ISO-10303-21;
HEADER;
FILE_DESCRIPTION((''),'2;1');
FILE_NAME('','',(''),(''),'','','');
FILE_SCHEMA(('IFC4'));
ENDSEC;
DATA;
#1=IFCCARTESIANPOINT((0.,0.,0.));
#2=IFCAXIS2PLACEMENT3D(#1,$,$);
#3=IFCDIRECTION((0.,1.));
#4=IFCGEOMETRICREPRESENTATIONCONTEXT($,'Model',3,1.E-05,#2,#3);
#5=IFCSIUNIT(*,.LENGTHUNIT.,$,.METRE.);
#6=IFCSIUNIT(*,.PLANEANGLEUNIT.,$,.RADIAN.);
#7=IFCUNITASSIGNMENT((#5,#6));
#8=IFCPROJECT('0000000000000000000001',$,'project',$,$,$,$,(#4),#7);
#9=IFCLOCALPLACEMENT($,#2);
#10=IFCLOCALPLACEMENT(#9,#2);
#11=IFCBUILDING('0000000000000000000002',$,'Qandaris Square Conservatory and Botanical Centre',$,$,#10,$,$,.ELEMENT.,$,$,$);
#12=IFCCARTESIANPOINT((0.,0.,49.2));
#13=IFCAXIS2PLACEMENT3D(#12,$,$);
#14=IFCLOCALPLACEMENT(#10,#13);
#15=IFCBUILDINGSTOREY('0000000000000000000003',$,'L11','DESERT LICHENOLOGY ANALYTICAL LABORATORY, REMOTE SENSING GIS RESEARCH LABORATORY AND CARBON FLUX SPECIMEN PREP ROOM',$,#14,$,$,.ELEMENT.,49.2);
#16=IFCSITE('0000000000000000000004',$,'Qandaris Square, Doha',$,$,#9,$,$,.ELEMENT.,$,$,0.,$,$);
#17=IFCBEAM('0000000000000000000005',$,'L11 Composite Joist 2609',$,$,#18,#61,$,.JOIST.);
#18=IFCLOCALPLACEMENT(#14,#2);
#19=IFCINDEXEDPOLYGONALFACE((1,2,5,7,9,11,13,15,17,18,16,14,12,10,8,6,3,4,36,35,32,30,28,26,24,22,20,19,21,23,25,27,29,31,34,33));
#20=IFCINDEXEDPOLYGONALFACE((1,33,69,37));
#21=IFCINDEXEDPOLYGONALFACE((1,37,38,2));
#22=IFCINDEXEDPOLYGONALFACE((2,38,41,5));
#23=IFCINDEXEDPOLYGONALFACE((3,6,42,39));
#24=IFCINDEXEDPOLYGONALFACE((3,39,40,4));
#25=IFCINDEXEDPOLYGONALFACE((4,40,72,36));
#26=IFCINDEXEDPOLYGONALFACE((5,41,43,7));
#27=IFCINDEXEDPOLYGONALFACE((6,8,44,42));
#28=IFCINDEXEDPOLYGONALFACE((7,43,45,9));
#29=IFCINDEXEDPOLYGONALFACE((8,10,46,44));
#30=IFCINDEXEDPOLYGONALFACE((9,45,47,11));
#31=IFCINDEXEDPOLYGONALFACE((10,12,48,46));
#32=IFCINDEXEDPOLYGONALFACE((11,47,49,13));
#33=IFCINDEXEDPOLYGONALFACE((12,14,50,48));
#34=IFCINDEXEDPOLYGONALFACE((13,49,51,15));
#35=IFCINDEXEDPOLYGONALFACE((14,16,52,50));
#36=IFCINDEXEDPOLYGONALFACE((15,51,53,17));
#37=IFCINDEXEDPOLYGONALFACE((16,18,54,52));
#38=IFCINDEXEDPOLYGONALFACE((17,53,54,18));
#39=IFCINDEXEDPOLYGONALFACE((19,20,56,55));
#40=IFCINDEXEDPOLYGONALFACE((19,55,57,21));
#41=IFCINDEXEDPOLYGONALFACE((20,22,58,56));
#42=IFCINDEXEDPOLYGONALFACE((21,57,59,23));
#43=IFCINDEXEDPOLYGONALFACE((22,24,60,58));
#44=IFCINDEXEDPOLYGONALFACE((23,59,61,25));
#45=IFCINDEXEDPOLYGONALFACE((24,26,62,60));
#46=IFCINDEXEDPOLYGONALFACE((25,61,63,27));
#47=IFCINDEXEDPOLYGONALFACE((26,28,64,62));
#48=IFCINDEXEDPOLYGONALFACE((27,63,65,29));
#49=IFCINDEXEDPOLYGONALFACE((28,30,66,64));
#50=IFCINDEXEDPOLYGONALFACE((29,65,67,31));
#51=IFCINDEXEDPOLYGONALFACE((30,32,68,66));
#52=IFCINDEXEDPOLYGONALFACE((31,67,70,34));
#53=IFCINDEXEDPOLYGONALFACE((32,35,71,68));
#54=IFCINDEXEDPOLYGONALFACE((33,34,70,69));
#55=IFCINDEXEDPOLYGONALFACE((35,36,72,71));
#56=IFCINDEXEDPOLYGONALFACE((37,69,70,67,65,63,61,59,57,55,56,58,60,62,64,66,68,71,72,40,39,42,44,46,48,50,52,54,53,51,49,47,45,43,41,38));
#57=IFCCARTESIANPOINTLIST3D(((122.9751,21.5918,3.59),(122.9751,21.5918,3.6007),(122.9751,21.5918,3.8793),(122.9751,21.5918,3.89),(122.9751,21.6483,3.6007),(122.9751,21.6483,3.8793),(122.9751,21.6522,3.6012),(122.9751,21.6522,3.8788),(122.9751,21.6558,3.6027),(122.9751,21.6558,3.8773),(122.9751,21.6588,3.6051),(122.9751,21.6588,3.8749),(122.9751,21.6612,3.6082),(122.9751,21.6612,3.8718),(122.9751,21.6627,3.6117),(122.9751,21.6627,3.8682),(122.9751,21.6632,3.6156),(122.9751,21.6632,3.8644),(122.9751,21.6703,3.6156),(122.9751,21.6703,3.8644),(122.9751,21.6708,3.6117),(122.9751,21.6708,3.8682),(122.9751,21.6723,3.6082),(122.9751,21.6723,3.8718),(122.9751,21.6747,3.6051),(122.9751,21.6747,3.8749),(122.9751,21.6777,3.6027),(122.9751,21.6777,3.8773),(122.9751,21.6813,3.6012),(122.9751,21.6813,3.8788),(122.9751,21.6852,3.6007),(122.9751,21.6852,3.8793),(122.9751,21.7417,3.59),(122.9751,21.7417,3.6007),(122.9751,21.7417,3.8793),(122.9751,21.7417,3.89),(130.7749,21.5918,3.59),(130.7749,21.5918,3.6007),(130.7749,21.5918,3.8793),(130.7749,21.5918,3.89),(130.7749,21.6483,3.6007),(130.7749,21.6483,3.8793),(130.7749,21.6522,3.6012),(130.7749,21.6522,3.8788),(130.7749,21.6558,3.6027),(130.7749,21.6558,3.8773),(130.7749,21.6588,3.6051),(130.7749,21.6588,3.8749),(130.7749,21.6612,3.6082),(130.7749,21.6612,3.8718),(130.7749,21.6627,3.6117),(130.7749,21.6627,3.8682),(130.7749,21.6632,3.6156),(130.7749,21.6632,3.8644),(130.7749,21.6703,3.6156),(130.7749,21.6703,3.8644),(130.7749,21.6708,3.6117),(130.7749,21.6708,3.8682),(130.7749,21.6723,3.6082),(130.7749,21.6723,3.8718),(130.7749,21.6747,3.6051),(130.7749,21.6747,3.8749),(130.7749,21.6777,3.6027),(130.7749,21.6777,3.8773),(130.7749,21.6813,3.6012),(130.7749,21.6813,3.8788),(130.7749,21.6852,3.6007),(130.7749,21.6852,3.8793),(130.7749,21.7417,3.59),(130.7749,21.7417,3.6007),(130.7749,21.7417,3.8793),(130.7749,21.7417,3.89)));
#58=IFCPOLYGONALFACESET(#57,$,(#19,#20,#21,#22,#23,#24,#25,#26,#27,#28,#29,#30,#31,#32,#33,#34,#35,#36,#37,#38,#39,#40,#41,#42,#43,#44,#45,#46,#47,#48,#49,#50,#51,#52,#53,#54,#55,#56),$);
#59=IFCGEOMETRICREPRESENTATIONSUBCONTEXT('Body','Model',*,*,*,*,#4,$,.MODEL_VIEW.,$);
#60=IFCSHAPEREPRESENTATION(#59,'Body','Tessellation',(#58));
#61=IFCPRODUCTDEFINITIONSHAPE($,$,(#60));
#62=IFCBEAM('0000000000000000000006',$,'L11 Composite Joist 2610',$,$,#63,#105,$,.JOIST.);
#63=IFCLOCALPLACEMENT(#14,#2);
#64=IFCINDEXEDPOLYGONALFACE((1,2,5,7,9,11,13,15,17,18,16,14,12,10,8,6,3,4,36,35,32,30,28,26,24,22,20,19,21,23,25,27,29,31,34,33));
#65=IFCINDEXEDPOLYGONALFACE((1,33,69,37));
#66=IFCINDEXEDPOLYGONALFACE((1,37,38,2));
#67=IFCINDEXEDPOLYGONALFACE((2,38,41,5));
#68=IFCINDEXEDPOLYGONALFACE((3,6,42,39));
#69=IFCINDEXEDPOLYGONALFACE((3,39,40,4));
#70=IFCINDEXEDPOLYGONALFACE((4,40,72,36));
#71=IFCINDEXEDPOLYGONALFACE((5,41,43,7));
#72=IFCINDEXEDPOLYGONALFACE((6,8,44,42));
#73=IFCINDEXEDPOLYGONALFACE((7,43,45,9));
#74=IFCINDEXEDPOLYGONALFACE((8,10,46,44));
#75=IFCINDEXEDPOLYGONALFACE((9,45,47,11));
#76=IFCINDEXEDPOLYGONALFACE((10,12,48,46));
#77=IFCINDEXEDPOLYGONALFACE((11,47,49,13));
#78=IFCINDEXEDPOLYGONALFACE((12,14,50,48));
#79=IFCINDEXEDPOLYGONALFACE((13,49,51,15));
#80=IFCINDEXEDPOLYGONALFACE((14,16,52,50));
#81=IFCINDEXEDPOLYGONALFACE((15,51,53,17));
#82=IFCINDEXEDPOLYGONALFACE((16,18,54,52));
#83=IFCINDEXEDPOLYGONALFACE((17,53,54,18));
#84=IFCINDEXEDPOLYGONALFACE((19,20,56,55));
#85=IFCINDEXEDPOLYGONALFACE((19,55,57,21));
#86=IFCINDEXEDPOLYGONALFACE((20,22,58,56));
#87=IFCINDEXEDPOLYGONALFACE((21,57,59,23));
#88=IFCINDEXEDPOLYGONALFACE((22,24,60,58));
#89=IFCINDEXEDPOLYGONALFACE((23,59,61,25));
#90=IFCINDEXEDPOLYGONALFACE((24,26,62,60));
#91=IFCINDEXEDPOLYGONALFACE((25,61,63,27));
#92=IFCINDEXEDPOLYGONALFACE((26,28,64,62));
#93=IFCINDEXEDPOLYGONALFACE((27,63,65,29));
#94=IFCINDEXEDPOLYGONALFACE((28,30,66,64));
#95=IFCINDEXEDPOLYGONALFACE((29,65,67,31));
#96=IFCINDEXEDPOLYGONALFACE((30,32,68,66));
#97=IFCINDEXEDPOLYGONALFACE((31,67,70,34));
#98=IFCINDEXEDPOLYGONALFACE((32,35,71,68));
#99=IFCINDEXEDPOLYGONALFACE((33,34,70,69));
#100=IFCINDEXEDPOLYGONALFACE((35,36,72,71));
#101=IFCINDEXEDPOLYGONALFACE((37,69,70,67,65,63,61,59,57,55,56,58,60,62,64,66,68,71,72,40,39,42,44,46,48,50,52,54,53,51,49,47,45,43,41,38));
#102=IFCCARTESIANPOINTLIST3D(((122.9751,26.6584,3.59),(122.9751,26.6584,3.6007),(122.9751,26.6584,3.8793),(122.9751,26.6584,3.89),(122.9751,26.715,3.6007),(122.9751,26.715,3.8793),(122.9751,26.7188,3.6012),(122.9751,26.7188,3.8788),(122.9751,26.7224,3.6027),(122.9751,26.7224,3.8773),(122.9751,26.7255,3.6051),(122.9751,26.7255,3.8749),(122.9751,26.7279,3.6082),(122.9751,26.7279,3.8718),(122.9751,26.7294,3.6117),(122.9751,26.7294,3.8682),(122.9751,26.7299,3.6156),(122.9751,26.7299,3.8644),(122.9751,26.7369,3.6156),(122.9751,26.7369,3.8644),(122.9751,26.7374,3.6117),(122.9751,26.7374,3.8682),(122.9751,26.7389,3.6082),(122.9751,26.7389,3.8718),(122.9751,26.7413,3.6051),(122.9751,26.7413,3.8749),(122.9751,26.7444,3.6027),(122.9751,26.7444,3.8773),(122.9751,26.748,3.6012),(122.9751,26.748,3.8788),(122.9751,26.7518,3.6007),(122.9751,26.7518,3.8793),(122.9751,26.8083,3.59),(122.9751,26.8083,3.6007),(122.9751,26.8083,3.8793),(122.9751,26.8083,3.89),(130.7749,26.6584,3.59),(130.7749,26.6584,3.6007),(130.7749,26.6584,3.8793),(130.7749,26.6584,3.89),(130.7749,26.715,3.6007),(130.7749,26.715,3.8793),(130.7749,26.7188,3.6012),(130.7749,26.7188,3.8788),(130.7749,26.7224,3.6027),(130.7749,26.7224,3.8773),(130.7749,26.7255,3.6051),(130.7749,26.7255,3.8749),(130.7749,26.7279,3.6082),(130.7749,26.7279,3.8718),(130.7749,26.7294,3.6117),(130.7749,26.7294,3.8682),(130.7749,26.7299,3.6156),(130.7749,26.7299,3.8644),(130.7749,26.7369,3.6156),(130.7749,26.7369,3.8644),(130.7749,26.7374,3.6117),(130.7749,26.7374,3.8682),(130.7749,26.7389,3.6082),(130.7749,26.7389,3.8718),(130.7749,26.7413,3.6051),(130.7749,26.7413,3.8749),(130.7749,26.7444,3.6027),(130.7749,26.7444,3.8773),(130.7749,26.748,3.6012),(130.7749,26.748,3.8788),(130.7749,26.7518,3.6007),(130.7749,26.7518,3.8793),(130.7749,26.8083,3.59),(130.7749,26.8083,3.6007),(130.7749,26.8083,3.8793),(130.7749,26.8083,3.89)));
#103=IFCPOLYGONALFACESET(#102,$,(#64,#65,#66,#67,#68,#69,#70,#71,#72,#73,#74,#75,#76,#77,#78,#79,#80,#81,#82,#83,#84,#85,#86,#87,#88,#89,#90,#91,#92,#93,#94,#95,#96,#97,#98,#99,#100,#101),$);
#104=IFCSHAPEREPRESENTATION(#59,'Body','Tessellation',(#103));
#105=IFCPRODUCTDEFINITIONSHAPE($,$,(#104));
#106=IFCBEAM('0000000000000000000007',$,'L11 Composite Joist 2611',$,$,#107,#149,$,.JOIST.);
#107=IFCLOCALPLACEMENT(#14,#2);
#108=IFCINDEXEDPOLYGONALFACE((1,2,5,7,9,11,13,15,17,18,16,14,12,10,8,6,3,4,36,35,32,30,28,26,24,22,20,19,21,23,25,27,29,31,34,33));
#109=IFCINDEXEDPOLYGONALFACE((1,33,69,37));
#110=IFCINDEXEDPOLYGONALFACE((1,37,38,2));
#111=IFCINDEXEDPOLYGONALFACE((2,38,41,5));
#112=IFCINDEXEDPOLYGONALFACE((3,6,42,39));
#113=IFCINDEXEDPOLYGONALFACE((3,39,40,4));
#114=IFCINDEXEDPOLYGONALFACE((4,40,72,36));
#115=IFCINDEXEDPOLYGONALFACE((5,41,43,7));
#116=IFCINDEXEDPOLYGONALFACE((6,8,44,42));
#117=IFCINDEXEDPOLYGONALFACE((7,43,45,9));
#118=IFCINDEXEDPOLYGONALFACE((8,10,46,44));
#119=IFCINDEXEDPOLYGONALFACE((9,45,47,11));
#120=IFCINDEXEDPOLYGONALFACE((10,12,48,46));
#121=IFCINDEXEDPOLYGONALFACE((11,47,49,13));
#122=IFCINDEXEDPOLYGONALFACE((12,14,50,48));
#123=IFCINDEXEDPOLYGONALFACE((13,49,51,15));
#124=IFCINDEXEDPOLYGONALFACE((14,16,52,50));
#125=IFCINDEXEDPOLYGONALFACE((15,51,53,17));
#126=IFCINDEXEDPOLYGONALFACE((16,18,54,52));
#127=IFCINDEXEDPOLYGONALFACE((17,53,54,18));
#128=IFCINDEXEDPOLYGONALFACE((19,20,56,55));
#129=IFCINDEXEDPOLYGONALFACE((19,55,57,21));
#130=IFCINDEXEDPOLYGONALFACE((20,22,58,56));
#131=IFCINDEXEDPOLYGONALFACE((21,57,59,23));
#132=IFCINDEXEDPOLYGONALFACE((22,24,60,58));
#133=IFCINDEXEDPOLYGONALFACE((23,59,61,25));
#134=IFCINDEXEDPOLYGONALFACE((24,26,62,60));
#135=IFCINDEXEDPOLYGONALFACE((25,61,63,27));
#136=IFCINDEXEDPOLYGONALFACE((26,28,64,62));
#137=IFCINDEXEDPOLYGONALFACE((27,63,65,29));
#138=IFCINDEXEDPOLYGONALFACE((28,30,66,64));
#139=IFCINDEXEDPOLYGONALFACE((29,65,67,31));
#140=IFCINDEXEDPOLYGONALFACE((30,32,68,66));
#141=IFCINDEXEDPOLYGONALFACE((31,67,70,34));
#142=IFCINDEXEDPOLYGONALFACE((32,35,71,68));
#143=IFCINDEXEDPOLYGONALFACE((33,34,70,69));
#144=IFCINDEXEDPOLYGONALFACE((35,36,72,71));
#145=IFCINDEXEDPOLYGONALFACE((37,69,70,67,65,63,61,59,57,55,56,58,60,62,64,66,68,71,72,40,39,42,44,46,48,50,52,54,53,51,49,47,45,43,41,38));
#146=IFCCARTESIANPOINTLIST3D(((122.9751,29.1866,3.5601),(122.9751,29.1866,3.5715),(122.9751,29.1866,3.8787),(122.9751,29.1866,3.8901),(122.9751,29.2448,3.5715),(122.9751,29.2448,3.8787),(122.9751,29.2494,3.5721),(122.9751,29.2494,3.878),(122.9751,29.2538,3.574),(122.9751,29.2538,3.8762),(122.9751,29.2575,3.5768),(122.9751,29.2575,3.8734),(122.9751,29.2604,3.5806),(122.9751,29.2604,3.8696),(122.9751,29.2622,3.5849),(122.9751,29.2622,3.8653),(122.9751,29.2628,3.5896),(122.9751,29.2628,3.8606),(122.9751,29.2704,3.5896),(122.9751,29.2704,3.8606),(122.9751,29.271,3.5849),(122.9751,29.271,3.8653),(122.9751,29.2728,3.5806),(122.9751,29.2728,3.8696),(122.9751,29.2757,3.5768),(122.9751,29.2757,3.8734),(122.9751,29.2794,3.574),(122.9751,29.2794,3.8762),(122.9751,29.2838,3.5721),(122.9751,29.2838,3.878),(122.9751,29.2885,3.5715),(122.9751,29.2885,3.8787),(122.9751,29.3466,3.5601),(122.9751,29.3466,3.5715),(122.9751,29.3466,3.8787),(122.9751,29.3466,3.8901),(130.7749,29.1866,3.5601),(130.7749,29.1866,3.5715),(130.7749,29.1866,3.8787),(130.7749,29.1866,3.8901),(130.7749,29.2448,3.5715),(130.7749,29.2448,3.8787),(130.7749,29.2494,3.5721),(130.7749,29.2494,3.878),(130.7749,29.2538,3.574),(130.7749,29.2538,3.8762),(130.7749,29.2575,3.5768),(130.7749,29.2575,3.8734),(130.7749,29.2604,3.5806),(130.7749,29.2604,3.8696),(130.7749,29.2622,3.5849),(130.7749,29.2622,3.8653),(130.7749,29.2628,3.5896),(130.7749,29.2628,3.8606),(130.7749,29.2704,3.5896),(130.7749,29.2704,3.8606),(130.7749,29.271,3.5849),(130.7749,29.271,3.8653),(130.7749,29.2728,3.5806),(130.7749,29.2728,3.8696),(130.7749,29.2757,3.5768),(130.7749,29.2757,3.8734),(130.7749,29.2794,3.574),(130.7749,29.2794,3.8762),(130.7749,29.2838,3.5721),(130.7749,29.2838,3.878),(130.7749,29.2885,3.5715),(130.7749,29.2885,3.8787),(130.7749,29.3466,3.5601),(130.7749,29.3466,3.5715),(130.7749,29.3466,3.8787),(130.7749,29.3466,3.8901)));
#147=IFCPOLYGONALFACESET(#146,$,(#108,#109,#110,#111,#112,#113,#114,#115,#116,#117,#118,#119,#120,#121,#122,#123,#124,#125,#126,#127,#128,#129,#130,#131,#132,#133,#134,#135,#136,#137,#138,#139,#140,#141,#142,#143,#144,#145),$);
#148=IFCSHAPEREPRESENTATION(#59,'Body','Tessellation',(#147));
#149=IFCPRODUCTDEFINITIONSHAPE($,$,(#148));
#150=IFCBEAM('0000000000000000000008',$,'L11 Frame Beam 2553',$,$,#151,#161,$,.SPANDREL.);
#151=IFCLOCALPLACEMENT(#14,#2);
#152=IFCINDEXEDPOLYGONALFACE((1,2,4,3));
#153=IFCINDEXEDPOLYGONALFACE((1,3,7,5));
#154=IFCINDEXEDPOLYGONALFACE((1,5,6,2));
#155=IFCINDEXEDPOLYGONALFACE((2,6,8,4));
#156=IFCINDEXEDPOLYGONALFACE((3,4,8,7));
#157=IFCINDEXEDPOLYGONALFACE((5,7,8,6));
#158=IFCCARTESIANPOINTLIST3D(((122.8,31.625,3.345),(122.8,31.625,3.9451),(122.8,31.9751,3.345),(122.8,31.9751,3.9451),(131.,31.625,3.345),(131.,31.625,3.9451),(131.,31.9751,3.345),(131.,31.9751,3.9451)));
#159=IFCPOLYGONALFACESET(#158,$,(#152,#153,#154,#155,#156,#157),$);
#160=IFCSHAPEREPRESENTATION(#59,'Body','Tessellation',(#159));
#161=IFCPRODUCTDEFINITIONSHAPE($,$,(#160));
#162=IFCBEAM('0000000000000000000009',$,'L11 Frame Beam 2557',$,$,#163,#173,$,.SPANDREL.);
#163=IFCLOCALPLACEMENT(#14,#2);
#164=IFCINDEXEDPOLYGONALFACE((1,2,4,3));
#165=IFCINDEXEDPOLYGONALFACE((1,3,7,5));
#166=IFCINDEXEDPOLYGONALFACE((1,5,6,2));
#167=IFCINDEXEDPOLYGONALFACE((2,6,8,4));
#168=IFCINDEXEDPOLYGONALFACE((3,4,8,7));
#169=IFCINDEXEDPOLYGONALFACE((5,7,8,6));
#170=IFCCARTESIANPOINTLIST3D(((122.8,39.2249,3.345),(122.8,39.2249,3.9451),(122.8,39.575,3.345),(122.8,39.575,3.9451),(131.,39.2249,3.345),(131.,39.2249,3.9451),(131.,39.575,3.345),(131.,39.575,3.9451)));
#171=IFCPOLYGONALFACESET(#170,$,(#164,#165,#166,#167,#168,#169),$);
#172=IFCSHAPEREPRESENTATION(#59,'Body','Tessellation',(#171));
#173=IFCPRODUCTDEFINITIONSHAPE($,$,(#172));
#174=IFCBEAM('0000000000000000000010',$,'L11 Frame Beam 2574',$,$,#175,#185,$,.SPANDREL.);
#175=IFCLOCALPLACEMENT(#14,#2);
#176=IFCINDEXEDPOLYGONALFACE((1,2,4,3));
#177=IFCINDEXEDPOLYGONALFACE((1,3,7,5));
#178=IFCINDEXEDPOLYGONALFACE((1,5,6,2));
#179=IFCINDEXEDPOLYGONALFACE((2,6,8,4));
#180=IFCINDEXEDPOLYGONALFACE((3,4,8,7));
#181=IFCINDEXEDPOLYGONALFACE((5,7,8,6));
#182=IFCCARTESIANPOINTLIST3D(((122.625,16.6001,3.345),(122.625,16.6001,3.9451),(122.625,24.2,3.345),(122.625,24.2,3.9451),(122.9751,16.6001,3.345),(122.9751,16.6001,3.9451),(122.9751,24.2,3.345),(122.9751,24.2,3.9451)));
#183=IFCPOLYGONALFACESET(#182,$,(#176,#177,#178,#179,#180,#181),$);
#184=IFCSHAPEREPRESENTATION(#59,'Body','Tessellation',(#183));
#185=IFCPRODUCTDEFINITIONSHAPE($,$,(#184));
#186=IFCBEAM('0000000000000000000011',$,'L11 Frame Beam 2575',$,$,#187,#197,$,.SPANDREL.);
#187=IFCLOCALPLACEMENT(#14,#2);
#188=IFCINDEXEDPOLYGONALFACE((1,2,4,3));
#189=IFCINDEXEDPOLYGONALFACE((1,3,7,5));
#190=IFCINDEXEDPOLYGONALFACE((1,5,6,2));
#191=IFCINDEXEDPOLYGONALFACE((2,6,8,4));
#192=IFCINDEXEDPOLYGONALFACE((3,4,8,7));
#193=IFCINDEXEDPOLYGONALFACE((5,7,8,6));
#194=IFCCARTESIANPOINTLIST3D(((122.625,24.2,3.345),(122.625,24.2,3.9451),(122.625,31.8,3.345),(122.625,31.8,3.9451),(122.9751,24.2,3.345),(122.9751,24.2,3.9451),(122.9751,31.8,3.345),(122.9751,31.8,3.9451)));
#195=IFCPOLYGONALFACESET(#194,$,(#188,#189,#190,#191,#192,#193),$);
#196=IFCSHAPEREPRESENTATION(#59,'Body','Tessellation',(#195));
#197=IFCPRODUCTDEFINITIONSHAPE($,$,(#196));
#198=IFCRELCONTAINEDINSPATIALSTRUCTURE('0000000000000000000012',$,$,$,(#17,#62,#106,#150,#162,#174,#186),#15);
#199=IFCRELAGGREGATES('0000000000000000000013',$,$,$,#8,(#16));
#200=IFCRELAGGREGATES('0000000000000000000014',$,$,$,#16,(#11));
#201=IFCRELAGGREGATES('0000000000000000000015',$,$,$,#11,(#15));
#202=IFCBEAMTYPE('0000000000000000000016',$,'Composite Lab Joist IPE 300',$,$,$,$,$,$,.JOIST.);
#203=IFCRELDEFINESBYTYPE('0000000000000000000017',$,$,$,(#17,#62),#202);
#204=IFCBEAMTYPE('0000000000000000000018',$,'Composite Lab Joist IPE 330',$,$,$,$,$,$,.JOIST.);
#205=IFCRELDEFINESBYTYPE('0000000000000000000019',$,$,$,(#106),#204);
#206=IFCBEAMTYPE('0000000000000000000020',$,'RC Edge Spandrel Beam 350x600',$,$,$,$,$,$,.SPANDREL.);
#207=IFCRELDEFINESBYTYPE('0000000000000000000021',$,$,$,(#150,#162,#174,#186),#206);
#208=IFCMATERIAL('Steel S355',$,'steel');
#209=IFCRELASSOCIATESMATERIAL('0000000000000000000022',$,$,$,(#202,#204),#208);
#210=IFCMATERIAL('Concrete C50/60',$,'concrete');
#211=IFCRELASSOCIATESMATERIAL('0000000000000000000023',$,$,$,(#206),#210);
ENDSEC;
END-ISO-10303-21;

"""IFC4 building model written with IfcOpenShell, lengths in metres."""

from ifc_helpers import new_model, si_unit, direction, frame, origin, origin_2d, place, context, subcontext, project, spatial, rectangle, i_section, extrude, material, material_profile, profile_set, type_object, element, save


model = new_model("IFC4")

# Units and contexts
model_context = context("Model", 3, precision=1e-05, world=origin(), true_north=direction((0.0, 1.0)))
body_context = subcontext(model_context, "Body", "Model", "MODEL_VIEW")
ifc_project = project(units=[si_unit("LENGTHUNIT", "METRE"), si_unit("PLANEANGLEUNIT", "RADIAN")], contexts=[model_context])

# Site, building, storey
site_placement = place(None, origin())
site = spatial("IfcSite", under=ifc_project, at=site_placement, Name="Qandaris Square, Doha", CompositionType="ELEMENT", RefElevation=0.0)
building_placement = place(site_placement, origin())
building = spatial("IfcBuilding", under=site, at=building_placement, Name="Qandaris Square Conservatory and Botanical Centre", CompositionType="ELEMENT")
storey_placement = place(building_placement, frame((0.0, 0.0, 49.2)))
storey = spatial("IfcBuildingStorey", under=building, at=storey_placement, Name="L11", Description="DESERT LICHENOLOGY ANALYTICAL LABORATORY, REMOTE SENSING GIS RESEARCH LABORATORY AND CARBON FLUX SPECIMEN PREP ROOM", CompositionType="ELEMENT", Elevation=49.2)

# Beams
ifc_material_1 = material(Name="Steel S355", Category="steel")
ifc_material_profile_1 = material_profile(ifc_material_1, i_section(OverallWidth=0.1499, OverallDepth=0.3, WebThickness=0.0071, FlangeThickness=0.0107, FilletRadius=0.0149, at=origin_2d()), Name="IPE 300")
ifc_profile_set_1 = profile_set([ifc_material_profile_1], Name="Steel S355")
beam_type_1 = type_object("IfcBeamType", Name="Composite Lab Joist IPE 300", PredefinedType="JOIST", material=ifc_profile_set_1)
for number, where, z_axis, x_axis, name in (
    (1, (122.9751, 21.6667, 3.74), (1.0, 0.0, 0.0), (0.0, 1.0, 0.0), "L11 Composite Joist 2609"),
    (2, (122.9751, 26.7334, 3.74), (1.0, 0.0, 0.0), (0.0, 1.0, 0.0), "L11 Composite Joist 2610"),
):
    element("IfcBeam", number, at=place(storey_placement, frame(where, z_axis=z_axis, x_axis=x_axis)), inside=storey, type_object=beam_type_1, Name=name, PredefinedType="JOIST", context=body_context, shape_type="SweptSolid", body=[
        extrude(i_section(OverallWidth=0.1499, OverallDepth=0.3, WebThickness=0.0071, FlangeThickness=0.0107, FilletRadius=0.0149, at=origin_2d()), origin(), (0.0, 0.0, 1.0), 7.7998),
    ])
ifc_material_profile_2 = material_profile(ifc_material_1, i_section(OverallWidth=0.1599, OverallDepth=0.3301, WebThickness=0.0076, FlangeThickness=0.0115, FilletRadius=0.0181, at=origin_2d()), Name="IPE 330")
ifc_profile_set_2 = profile_set([ifc_material_profile_2], Name="Steel S355")
beam_type_2 = type_object("IfcBeamType", Name="Composite Lab Joist IPE 330", PredefinedType="JOIST", material=ifc_profile_set_2)
beam_1_placement = place(storey_placement, frame((122.9751, 29.2666, 3.7251), z_axis=(1.0, 0.0, 0.0), x_axis=(0.0, 1.0, 0.0)))
element("IfcBeam", 3, at=beam_1_placement, inside=storey, type_object=beam_type_2, Name="L11 Composite Joist 2611", PredefinedType="JOIST", context=body_context, shape_type="SweptSolid", body=[
    extrude(i_section(OverallWidth=0.1599, OverallDepth=0.3301, WebThickness=0.0076, FlangeThickness=0.0115, FilletRadius=0.0181, at=origin_2d()), origin(), (0.0, 0.0, 1.0), 7.7998),
])
ifc_material_2 = material(Name="Concrete C50/60", Category="concrete")
ifc_material_profile_3 = material_profile(ifc_material_2, rectangle(XDim=0.3501, YDim=0.6001, at=origin_2d()), Name="RC-SP 350x600")
ifc_profile_set_3 = profile_set([ifc_material_profile_3], Name="Concrete C50/60")
beam_type_3 = type_object("IfcBeamType", Name="RC Edge Spandrel Beam 350x600", PredefinedType="SPANDREL", material=ifc_profile_set_3)
for number, where, z_axis, x_axis, name in (
    (4, (122.8, 31.8, 3.645), (1.0, 0.0, 0.0), (0.0, 1.0, 0.0), "L11 Frame Beam 2553"),
    (5, (122.8, 39.3999, 3.645), (1.0, 0.0, 0.0), (0.0, 1.0, 0.0), "L11 Frame Beam 2557"),
):
    element("IfcBeam", number, at=place(storey_placement, frame(where, z_axis=z_axis, x_axis=x_axis)), inside=storey, type_object=beam_type_3, Name=name, PredefinedType="SPANDREL", context=body_context, shape_type="SweptSolid", body=[
        extrude(rectangle(XDim=0.3501, YDim=0.6001, at=origin_2d()), origin(), (0.0, 0.0, 1.0), 8.2),
    ])
beam_2_placement = place(storey_placement, frame((122.8, 16.6001, 3.645), z_axis=(0.0, 1.0, 0.0), x_axis=(-1.0, 0.0, 0.0)))
element("IfcBeam", 6, at=beam_2_placement, inside=storey, type_object=beam_type_3, Name="L11 Frame Beam 2574", PredefinedType="SPANDREL", context=body_context, shape_type="SweptSolid", body=[
    extrude(rectangle(XDim=0.3501, YDim=0.6001, at=origin_2d()), origin(), (0.0, 0.0, 1.0), 7.5999),
])
beam_3_placement = place(storey_placement, frame((122.8, 24.2, 3.645), z_axis=(0.0, 1.0, 0.0), x_axis=(-1.0, 0.0, 0.0)))
element("IfcBeam", 7, at=beam_3_placement, inside=storey, type_object=beam_type_3, Name="L11 Frame Beam 2575", PredefinedType="SPANDREL", context=body_context, shape_type="SweptSolid", body=[
    extrude(rectangle(XDim=0.3501, YDim=0.6001, at=origin_2d()), origin(), (0.0, 0.0, 1.0), 7.6001),
])

save(model, "model.ifc")
